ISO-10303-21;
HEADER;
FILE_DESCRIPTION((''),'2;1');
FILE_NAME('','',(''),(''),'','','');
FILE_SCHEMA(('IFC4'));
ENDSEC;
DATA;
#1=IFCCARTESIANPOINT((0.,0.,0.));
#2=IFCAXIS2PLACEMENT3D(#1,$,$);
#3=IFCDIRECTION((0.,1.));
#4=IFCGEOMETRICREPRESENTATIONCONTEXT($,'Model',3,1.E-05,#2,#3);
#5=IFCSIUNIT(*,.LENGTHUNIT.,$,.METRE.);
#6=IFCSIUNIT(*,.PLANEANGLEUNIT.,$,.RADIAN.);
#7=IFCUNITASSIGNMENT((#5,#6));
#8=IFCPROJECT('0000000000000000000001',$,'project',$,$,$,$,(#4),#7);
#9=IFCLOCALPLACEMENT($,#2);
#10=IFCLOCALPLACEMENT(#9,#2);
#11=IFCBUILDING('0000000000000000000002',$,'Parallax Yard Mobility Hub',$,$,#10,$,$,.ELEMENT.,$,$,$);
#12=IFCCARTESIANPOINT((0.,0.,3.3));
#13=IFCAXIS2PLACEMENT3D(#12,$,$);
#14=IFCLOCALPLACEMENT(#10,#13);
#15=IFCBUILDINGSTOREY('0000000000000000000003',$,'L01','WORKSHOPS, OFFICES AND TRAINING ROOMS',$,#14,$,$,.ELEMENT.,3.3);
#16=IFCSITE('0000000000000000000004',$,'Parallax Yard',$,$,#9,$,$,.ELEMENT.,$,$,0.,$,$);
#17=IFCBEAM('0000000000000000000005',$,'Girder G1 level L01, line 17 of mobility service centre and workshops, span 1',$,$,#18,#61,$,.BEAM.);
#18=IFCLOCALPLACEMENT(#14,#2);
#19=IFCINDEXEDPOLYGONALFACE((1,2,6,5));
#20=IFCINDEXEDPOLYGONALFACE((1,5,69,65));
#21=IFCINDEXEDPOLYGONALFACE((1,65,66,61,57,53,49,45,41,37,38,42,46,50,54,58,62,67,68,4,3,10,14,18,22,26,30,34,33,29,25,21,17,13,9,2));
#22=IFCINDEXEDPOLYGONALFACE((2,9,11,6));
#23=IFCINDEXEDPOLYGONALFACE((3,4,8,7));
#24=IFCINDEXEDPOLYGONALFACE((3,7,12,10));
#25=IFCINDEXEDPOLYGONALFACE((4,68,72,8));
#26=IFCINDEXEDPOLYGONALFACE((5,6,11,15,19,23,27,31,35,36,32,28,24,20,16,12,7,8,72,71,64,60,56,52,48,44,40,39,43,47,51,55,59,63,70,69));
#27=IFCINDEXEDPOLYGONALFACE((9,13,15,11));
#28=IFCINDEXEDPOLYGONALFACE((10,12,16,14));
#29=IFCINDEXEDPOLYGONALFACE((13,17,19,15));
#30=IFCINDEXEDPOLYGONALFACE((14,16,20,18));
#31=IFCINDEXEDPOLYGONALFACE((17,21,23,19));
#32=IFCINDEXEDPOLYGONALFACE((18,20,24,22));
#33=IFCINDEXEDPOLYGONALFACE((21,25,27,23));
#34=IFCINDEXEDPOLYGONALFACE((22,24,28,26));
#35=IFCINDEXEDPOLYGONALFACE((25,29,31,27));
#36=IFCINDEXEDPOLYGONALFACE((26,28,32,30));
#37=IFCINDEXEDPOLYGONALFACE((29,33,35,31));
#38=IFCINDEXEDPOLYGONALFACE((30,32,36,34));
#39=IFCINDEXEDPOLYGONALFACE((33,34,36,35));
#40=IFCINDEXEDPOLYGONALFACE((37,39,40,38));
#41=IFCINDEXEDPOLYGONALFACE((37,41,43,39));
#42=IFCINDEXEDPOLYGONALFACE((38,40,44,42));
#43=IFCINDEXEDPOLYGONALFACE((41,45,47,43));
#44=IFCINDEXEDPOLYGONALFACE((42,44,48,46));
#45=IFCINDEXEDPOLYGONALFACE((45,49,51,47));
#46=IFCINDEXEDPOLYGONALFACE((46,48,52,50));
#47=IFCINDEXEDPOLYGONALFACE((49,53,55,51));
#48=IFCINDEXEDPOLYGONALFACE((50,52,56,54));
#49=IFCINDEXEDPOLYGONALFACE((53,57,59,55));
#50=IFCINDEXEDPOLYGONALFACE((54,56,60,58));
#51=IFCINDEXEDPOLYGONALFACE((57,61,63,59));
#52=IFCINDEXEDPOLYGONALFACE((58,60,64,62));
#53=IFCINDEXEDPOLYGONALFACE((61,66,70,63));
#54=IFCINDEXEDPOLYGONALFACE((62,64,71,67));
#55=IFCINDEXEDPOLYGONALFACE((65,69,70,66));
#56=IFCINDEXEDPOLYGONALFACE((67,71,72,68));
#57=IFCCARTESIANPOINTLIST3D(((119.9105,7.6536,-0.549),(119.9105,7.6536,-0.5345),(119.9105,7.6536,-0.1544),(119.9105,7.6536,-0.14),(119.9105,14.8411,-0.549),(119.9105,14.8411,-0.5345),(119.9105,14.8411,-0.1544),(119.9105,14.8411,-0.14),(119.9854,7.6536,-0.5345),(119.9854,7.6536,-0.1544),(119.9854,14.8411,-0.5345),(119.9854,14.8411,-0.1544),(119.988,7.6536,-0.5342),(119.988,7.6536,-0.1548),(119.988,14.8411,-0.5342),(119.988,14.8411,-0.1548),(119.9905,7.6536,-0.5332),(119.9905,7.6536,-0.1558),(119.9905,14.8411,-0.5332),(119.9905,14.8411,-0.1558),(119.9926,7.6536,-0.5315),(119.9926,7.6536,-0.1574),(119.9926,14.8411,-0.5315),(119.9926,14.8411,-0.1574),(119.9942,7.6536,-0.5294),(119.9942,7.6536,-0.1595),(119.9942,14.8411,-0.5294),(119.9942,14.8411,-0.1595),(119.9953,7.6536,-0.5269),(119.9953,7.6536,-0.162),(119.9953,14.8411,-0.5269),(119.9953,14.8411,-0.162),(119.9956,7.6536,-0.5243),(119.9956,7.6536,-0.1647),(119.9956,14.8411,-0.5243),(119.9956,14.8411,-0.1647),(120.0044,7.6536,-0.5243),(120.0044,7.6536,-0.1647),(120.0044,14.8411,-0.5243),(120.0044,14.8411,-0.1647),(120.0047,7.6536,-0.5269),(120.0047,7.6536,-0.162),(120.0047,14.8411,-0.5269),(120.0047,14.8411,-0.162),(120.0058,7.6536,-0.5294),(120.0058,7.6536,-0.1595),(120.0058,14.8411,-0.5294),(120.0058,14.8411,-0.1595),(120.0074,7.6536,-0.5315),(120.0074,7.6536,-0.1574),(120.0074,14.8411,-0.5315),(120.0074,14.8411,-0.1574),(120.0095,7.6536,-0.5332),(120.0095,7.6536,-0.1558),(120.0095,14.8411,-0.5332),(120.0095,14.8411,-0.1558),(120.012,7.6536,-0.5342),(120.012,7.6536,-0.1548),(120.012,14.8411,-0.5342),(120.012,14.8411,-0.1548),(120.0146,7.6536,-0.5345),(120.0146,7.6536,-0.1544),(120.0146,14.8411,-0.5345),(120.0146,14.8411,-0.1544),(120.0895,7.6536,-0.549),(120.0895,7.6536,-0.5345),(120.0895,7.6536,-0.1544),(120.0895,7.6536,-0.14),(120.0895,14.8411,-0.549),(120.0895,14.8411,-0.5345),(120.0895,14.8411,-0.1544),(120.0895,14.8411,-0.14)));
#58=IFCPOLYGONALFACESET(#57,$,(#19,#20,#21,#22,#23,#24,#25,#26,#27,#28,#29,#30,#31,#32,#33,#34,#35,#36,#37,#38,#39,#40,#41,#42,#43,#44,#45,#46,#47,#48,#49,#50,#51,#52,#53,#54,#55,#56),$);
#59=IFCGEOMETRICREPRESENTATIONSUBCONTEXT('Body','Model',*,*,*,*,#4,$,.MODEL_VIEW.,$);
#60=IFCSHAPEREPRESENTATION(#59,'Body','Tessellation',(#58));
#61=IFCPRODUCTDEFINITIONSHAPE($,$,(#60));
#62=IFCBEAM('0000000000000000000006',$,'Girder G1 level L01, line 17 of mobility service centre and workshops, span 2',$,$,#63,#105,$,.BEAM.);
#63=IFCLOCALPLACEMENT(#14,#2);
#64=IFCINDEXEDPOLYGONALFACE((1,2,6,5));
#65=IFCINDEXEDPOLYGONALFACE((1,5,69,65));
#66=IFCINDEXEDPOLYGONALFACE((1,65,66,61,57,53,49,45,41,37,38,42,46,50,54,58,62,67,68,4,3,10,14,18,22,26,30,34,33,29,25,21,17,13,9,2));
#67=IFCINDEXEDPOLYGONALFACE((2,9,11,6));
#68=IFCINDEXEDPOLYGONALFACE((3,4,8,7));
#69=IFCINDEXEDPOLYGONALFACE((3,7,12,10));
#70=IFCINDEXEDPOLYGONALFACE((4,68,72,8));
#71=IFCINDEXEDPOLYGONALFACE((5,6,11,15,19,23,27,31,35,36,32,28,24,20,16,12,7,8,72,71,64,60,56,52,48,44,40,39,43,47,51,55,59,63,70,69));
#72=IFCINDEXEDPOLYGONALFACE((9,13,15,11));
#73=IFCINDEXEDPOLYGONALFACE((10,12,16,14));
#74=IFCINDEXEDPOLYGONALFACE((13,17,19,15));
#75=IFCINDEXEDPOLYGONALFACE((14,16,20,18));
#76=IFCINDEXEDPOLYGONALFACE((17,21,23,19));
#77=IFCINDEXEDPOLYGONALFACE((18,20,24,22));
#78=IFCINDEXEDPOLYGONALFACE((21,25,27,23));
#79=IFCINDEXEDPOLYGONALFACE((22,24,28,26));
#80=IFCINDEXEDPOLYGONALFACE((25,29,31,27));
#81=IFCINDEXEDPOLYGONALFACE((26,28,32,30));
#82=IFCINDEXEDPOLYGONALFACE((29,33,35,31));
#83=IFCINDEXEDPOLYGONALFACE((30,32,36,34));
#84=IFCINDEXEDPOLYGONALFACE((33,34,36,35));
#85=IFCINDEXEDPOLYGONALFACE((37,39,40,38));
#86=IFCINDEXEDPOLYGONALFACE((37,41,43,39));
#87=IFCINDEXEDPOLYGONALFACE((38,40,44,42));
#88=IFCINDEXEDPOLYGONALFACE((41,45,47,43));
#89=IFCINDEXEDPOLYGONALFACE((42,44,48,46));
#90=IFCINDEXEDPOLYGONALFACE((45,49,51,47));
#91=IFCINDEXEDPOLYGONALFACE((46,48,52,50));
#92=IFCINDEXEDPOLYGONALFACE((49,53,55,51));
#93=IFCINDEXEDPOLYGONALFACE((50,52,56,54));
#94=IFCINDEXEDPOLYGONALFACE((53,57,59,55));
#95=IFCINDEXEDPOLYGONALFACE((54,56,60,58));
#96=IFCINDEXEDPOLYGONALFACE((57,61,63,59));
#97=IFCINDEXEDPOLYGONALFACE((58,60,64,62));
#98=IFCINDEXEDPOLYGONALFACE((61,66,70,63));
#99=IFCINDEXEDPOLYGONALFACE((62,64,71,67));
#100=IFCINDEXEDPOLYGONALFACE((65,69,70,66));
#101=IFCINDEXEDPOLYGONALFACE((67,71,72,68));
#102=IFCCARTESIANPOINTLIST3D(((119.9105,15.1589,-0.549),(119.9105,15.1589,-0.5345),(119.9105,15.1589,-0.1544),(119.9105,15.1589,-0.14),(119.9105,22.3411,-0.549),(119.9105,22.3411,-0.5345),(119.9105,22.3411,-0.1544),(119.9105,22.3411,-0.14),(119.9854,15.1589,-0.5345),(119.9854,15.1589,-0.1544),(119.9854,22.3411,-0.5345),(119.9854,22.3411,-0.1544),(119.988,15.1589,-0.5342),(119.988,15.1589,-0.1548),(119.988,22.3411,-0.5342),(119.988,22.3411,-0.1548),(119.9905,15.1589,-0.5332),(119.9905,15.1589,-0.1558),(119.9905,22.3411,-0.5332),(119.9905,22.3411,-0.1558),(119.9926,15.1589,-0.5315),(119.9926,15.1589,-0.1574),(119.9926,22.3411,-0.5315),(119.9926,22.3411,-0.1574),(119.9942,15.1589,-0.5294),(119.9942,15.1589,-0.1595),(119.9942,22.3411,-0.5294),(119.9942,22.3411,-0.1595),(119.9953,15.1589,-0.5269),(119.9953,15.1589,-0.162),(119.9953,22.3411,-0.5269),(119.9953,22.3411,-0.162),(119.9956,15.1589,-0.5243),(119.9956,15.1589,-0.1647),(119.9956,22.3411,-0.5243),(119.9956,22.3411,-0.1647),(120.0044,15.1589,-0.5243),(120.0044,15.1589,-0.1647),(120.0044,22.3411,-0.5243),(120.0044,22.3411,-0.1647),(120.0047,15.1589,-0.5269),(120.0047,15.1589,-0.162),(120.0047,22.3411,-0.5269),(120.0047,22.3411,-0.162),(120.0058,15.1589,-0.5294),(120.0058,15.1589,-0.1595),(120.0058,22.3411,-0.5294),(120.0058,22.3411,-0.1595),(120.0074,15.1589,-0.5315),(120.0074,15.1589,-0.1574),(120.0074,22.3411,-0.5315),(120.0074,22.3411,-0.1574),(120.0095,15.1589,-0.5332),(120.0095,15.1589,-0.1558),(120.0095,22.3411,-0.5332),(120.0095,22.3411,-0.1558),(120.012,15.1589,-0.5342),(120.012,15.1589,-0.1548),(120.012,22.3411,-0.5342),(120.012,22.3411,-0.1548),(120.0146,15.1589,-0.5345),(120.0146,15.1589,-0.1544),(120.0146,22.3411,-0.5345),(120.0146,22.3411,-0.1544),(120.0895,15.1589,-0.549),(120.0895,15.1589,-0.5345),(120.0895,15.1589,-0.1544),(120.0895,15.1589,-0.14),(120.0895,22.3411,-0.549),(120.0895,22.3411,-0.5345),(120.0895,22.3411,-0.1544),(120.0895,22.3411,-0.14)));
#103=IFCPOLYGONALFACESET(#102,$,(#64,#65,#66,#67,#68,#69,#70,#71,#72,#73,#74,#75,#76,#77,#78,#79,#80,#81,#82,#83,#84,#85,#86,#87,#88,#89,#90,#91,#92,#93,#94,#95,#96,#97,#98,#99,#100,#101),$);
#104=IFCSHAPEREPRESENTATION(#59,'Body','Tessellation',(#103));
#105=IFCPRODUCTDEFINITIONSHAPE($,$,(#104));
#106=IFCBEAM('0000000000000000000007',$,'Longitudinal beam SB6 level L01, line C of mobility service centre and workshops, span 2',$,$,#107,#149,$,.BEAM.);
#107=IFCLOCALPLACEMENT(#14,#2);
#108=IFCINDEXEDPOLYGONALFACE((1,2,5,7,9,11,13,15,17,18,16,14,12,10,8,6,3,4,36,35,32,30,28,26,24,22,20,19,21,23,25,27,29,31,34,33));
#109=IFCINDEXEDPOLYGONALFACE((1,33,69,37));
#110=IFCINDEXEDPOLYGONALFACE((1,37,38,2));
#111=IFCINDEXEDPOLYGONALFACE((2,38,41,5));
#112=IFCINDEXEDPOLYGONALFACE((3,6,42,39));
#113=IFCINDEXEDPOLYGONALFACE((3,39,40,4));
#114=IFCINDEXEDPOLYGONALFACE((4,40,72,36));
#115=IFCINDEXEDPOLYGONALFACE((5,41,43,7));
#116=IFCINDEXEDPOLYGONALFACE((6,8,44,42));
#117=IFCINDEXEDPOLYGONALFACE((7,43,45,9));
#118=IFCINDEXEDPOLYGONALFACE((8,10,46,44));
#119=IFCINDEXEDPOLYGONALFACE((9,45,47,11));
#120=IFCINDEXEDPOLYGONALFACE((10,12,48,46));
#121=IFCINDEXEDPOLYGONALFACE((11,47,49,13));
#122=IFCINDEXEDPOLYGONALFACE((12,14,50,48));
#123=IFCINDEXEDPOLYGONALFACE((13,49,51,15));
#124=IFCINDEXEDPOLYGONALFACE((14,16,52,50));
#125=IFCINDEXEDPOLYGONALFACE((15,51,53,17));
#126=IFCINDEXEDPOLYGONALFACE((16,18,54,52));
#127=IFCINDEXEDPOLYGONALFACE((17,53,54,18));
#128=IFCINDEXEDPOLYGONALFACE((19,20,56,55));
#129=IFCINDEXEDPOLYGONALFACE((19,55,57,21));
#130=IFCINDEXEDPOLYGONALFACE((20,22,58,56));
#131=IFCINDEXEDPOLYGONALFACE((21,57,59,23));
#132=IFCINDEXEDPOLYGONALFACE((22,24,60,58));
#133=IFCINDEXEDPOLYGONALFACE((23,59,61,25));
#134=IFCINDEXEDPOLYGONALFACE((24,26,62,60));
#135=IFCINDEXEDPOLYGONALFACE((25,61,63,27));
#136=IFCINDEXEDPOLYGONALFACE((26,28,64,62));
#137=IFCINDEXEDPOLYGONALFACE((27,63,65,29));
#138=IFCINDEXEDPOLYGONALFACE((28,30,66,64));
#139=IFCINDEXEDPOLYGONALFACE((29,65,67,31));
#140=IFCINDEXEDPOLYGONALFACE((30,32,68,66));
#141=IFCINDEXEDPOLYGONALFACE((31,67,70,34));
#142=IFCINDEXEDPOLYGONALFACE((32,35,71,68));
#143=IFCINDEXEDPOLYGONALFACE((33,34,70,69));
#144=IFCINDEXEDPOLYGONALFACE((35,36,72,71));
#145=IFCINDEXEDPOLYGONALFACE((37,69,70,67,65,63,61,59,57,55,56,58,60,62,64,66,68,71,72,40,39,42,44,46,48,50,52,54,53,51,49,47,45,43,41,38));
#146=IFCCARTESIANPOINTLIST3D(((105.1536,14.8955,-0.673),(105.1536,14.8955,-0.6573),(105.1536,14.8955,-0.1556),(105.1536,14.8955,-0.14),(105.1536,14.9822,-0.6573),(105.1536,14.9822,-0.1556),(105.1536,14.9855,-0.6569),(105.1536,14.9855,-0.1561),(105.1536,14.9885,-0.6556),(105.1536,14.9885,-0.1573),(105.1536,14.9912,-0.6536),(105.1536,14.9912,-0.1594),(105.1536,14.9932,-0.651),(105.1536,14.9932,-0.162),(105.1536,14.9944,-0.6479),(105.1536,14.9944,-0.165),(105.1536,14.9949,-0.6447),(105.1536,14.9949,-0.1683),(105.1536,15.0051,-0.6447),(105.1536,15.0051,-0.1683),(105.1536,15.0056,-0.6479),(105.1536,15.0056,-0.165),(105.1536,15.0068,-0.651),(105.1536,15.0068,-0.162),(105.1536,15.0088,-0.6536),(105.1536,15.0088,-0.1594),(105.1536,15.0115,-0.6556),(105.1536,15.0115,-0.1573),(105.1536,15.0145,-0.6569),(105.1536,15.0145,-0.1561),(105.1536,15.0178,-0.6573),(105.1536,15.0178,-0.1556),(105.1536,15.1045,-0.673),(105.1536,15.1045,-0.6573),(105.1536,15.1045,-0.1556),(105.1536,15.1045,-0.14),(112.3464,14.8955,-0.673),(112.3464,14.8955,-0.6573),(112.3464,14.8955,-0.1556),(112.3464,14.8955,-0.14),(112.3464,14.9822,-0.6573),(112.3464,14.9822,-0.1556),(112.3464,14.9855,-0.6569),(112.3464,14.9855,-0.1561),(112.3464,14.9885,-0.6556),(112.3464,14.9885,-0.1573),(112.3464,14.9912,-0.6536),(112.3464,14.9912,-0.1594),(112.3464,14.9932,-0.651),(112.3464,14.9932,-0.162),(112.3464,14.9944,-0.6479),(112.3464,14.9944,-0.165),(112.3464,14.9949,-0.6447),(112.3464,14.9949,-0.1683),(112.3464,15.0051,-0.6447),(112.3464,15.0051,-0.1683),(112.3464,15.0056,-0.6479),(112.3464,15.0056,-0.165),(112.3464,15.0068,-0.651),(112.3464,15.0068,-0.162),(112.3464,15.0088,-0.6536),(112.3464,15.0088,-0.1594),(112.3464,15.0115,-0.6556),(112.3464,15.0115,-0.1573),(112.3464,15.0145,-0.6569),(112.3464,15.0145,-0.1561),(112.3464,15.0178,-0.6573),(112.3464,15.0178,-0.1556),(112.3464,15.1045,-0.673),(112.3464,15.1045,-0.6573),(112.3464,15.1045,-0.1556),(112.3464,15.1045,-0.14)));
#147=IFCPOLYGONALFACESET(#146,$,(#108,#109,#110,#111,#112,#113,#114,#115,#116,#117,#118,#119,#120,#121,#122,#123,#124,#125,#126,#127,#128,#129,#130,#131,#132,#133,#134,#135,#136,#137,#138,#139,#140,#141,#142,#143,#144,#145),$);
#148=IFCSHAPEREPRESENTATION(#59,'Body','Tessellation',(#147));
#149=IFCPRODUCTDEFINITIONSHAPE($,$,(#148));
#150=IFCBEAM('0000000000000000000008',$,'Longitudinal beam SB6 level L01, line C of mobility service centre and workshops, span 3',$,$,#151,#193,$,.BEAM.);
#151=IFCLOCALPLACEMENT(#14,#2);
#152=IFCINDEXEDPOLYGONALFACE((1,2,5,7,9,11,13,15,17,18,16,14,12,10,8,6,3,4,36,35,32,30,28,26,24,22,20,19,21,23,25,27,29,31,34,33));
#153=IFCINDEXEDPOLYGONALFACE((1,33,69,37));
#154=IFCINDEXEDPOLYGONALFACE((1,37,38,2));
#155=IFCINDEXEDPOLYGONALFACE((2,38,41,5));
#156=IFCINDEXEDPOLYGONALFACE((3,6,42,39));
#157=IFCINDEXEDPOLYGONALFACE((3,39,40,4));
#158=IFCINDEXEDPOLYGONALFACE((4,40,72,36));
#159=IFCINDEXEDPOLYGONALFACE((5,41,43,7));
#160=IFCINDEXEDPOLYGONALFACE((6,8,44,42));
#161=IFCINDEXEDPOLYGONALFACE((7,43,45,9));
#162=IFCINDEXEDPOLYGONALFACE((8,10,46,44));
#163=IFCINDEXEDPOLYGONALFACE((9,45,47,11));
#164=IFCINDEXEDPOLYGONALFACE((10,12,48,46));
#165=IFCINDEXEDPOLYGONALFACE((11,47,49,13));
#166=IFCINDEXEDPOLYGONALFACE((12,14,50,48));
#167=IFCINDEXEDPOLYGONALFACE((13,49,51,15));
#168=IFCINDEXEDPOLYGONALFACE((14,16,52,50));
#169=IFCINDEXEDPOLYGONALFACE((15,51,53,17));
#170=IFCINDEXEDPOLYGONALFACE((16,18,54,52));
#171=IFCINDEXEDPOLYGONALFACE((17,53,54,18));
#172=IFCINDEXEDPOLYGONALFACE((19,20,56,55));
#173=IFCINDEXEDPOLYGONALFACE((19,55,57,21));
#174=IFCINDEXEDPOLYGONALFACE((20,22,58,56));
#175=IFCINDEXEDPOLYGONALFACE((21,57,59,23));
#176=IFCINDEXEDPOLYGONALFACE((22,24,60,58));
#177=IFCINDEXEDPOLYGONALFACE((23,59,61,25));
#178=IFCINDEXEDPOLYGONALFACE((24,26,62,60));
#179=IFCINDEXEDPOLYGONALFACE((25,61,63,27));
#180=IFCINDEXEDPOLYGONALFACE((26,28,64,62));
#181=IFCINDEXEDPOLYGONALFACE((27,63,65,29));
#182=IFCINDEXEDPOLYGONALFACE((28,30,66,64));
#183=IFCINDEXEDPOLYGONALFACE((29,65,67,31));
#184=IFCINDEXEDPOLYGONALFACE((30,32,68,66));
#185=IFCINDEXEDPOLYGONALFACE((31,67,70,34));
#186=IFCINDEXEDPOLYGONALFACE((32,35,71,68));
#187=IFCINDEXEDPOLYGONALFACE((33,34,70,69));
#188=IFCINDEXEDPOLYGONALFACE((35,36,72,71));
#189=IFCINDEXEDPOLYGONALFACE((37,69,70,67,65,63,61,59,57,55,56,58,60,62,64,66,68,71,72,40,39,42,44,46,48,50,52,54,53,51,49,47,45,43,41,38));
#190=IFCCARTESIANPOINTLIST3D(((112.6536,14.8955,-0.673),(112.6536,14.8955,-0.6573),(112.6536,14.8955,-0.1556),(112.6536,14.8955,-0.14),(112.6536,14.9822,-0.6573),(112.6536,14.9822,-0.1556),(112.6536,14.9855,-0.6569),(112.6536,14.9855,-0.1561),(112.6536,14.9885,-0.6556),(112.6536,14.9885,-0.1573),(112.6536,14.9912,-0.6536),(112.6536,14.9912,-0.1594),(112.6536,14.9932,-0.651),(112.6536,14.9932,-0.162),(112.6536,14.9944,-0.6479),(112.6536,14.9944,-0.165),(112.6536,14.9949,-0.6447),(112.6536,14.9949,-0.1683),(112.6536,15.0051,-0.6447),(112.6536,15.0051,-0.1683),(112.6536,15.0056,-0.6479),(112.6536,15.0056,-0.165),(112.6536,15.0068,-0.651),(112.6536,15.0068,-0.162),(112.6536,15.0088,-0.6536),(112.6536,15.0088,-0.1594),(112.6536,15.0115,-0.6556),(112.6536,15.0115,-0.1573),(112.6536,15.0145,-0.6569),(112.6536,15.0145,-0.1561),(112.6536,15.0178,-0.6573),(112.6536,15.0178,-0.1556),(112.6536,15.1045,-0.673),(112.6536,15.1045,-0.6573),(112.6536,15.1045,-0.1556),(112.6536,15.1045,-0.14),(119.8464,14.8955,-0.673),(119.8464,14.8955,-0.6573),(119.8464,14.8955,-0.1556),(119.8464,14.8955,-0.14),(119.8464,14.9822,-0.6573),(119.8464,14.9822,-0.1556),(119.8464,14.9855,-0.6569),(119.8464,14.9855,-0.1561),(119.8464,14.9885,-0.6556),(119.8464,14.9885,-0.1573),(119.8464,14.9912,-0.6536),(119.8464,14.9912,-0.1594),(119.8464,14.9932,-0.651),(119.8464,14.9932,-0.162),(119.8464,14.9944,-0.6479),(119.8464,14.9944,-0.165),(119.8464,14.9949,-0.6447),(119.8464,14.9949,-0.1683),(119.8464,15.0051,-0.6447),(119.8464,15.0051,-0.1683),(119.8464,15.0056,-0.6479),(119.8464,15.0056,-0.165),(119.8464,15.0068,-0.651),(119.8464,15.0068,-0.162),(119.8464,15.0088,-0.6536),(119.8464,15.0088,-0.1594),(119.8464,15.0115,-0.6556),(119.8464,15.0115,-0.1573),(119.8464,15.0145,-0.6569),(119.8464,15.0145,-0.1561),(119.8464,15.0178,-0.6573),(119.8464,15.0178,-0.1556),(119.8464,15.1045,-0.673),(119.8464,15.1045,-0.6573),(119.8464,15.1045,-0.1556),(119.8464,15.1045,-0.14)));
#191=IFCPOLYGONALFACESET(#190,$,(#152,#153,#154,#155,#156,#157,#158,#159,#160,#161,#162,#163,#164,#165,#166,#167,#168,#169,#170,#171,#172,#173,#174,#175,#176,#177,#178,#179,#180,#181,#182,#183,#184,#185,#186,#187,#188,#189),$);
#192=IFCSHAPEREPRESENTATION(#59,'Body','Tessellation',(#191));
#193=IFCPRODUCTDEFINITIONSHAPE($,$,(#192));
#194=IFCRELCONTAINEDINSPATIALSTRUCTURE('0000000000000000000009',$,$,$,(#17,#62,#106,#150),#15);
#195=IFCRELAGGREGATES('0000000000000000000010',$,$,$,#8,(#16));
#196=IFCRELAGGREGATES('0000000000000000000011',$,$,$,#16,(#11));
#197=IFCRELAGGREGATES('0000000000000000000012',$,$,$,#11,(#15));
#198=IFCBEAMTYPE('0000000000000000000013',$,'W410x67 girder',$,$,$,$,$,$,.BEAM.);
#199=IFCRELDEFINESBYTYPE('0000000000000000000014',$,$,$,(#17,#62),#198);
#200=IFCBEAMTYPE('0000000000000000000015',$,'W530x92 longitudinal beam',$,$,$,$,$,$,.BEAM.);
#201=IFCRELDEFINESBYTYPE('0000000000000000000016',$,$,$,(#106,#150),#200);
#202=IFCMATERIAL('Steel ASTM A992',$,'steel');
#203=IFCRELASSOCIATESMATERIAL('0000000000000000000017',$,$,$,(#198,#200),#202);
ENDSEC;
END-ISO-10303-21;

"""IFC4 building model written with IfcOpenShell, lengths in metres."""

from ifc_helpers import new_model, si_unit, direction, frame, origin, origin_2d, place, context, subcontext, project, spatial, i_section, extrude, material, material_profile, profile_set, type_object, element, save


model = new_model("IFC4")

# Units and contexts
model_context = context("Model", 3, precision=1e-05, world=origin(), true_north=direction((0.0, 1.0)))
body_context = subcontext(model_context, "Body", "Model", "MODEL_VIEW")
ifc_project = project(units=[si_unit("LENGTHUNIT", "METRE"), si_unit("PLANEANGLEUNIT", "RADIAN")], contexts=[model_context])

# Site, building, storey
site_placement = place(None, origin())
site = spatial("IfcSite", under=ifc_project, at=site_placement, Name="Parallax Yard", CompositionType="ELEMENT", RefElevation=0.0)
building_placement = place(site_placement, origin())
building = spatial("IfcBuilding", under=site, at=building_placement, Name="Parallax Yard Mobility Hub", CompositionType="ELEMENT")
storey_placement = place(building_placement, frame((0.0, 0.0, 3.3)))
storey = spatial("IfcBuildingStorey", under=building, at=storey_placement, Name="L01", Description="WORKSHOPS, OFFICES AND TRAINING ROOMS", CompositionType="ELEMENT", Elevation=3.3)

# Shared definitions
ifc_material = material(Name="Steel ASTM A992", Category="steel")

# Beams
ifc_material_profile_1 = material_profile(ifc_material, i_section(OverallWidth=0.179, OverallDepth=0.4089, WebThickness=0.0088, FlangeThickness=0.0144, FilletRadius=0.0103, at=origin_2d()), Name="W410x67")
ifc_profile_set_1 = profile_set([ifc_material_profile_1], Name="Steel ASTM A992")
beam_type_1 = type_object("IfcBeamType", Name="W410x67 girder", PredefinedType="BEAM", material=ifc_profile_set_1)
beam_1_placement = place(storey_placement, frame((120.0, 7.6536, -0.3445), z_axis=(0.0, 1.0, 0.0), x_axis=(-1.0, 0.0, 0.0)))
element("IfcBeam", 1, at=beam_1_placement, inside=storey, type_object=beam_type_1, Name="Girder G1 level L01, line 17 of mobility service centre and workshops, span 1", PredefinedType="BEAM", context=body_context, shape_type="SweptSolid", body=[
    extrude(i_section(OverallWidth=0.179, OverallDepth=0.4089, WebThickness=0.0088, FlangeThickness=0.0144, FilletRadius=0.0103, at=origin_2d()), origin(), (0.0, 0.0, 1.0), 7.1875),
])
beam_2_placement = place(storey_placement, frame((120.0, 15.1589, -0.3445), z_axis=(0.0, 1.0, 0.0), x_axis=(-1.0, 0.0, 0.0)))
element("IfcBeam", 2, at=beam_2_placement, inside=storey, type_object=beam_type_1, Name="Girder G1 level L01, line 17 of mobility service centre and workshops, span 2", PredefinedType="BEAM", context=body_context, shape_type="SweptSolid", body=[
    extrude(i_section(OverallWidth=0.179, OverallDepth=0.4089, WebThickness=0.0088, FlangeThickness=0.0144, FilletRadius=0.0103, at=origin_2d()), origin(), (0.0, 0.0, 1.0), 7.1821),
])
ifc_material_profile_2 = material_profile(ifc_material, i_section(OverallWidth=0.209, OverallDepth=0.533, WebThickness=0.0103, FlangeThickness=0.0156, FilletRadius=0.0127, at=origin_2d()), Name="W530x92")
ifc_profile_set_2 = profile_set([ifc_material_profile_2], Name="Steel ASTM A992")
beam_type_2 = type_object("IfcBeamType", Name="W530x92 longitudinal beam", PredefinedType="BEAM", material=ifc_profile_set_2)
for number, where, z_axis, x_axis, name in (
    (3, (105.1536, 15.0, -0.4065), (1.0, 0.0, 0.0), (0.0, 1.0, 0.0), "Longitudinal beam SB6 level L01, line C of mobility service centre and workshops, span 2"),
    (4, (112.6536, 15.0, -0.4065), (1.0, 0.0, 0.0), (0.0, 1.0, 0.0), "Longitudinal beam SB6 level L01, line C of mobility service centre and workshops, span 3"),
):
    element("IfcBeam", number, at=place(storey_placement, frame(where, z_axis=z_axis, x_axis=x_axis)), inside=storey, type_object=beam_type_2, Name=name, PredefinedType="BEAM", context=body_context, shape_type="SweptSolid", body=[
        extrude(i_section(OverallWidth=0.209, OverallDepth=0.533, WebThickness=0.0103, FlangeThickness=0.0156, FilletRadius=0.0127, at=origin_2d()), origin(), (0.0, 0.0, 1.0), 7.1929),
    ])

save(model, "model.ifc")
